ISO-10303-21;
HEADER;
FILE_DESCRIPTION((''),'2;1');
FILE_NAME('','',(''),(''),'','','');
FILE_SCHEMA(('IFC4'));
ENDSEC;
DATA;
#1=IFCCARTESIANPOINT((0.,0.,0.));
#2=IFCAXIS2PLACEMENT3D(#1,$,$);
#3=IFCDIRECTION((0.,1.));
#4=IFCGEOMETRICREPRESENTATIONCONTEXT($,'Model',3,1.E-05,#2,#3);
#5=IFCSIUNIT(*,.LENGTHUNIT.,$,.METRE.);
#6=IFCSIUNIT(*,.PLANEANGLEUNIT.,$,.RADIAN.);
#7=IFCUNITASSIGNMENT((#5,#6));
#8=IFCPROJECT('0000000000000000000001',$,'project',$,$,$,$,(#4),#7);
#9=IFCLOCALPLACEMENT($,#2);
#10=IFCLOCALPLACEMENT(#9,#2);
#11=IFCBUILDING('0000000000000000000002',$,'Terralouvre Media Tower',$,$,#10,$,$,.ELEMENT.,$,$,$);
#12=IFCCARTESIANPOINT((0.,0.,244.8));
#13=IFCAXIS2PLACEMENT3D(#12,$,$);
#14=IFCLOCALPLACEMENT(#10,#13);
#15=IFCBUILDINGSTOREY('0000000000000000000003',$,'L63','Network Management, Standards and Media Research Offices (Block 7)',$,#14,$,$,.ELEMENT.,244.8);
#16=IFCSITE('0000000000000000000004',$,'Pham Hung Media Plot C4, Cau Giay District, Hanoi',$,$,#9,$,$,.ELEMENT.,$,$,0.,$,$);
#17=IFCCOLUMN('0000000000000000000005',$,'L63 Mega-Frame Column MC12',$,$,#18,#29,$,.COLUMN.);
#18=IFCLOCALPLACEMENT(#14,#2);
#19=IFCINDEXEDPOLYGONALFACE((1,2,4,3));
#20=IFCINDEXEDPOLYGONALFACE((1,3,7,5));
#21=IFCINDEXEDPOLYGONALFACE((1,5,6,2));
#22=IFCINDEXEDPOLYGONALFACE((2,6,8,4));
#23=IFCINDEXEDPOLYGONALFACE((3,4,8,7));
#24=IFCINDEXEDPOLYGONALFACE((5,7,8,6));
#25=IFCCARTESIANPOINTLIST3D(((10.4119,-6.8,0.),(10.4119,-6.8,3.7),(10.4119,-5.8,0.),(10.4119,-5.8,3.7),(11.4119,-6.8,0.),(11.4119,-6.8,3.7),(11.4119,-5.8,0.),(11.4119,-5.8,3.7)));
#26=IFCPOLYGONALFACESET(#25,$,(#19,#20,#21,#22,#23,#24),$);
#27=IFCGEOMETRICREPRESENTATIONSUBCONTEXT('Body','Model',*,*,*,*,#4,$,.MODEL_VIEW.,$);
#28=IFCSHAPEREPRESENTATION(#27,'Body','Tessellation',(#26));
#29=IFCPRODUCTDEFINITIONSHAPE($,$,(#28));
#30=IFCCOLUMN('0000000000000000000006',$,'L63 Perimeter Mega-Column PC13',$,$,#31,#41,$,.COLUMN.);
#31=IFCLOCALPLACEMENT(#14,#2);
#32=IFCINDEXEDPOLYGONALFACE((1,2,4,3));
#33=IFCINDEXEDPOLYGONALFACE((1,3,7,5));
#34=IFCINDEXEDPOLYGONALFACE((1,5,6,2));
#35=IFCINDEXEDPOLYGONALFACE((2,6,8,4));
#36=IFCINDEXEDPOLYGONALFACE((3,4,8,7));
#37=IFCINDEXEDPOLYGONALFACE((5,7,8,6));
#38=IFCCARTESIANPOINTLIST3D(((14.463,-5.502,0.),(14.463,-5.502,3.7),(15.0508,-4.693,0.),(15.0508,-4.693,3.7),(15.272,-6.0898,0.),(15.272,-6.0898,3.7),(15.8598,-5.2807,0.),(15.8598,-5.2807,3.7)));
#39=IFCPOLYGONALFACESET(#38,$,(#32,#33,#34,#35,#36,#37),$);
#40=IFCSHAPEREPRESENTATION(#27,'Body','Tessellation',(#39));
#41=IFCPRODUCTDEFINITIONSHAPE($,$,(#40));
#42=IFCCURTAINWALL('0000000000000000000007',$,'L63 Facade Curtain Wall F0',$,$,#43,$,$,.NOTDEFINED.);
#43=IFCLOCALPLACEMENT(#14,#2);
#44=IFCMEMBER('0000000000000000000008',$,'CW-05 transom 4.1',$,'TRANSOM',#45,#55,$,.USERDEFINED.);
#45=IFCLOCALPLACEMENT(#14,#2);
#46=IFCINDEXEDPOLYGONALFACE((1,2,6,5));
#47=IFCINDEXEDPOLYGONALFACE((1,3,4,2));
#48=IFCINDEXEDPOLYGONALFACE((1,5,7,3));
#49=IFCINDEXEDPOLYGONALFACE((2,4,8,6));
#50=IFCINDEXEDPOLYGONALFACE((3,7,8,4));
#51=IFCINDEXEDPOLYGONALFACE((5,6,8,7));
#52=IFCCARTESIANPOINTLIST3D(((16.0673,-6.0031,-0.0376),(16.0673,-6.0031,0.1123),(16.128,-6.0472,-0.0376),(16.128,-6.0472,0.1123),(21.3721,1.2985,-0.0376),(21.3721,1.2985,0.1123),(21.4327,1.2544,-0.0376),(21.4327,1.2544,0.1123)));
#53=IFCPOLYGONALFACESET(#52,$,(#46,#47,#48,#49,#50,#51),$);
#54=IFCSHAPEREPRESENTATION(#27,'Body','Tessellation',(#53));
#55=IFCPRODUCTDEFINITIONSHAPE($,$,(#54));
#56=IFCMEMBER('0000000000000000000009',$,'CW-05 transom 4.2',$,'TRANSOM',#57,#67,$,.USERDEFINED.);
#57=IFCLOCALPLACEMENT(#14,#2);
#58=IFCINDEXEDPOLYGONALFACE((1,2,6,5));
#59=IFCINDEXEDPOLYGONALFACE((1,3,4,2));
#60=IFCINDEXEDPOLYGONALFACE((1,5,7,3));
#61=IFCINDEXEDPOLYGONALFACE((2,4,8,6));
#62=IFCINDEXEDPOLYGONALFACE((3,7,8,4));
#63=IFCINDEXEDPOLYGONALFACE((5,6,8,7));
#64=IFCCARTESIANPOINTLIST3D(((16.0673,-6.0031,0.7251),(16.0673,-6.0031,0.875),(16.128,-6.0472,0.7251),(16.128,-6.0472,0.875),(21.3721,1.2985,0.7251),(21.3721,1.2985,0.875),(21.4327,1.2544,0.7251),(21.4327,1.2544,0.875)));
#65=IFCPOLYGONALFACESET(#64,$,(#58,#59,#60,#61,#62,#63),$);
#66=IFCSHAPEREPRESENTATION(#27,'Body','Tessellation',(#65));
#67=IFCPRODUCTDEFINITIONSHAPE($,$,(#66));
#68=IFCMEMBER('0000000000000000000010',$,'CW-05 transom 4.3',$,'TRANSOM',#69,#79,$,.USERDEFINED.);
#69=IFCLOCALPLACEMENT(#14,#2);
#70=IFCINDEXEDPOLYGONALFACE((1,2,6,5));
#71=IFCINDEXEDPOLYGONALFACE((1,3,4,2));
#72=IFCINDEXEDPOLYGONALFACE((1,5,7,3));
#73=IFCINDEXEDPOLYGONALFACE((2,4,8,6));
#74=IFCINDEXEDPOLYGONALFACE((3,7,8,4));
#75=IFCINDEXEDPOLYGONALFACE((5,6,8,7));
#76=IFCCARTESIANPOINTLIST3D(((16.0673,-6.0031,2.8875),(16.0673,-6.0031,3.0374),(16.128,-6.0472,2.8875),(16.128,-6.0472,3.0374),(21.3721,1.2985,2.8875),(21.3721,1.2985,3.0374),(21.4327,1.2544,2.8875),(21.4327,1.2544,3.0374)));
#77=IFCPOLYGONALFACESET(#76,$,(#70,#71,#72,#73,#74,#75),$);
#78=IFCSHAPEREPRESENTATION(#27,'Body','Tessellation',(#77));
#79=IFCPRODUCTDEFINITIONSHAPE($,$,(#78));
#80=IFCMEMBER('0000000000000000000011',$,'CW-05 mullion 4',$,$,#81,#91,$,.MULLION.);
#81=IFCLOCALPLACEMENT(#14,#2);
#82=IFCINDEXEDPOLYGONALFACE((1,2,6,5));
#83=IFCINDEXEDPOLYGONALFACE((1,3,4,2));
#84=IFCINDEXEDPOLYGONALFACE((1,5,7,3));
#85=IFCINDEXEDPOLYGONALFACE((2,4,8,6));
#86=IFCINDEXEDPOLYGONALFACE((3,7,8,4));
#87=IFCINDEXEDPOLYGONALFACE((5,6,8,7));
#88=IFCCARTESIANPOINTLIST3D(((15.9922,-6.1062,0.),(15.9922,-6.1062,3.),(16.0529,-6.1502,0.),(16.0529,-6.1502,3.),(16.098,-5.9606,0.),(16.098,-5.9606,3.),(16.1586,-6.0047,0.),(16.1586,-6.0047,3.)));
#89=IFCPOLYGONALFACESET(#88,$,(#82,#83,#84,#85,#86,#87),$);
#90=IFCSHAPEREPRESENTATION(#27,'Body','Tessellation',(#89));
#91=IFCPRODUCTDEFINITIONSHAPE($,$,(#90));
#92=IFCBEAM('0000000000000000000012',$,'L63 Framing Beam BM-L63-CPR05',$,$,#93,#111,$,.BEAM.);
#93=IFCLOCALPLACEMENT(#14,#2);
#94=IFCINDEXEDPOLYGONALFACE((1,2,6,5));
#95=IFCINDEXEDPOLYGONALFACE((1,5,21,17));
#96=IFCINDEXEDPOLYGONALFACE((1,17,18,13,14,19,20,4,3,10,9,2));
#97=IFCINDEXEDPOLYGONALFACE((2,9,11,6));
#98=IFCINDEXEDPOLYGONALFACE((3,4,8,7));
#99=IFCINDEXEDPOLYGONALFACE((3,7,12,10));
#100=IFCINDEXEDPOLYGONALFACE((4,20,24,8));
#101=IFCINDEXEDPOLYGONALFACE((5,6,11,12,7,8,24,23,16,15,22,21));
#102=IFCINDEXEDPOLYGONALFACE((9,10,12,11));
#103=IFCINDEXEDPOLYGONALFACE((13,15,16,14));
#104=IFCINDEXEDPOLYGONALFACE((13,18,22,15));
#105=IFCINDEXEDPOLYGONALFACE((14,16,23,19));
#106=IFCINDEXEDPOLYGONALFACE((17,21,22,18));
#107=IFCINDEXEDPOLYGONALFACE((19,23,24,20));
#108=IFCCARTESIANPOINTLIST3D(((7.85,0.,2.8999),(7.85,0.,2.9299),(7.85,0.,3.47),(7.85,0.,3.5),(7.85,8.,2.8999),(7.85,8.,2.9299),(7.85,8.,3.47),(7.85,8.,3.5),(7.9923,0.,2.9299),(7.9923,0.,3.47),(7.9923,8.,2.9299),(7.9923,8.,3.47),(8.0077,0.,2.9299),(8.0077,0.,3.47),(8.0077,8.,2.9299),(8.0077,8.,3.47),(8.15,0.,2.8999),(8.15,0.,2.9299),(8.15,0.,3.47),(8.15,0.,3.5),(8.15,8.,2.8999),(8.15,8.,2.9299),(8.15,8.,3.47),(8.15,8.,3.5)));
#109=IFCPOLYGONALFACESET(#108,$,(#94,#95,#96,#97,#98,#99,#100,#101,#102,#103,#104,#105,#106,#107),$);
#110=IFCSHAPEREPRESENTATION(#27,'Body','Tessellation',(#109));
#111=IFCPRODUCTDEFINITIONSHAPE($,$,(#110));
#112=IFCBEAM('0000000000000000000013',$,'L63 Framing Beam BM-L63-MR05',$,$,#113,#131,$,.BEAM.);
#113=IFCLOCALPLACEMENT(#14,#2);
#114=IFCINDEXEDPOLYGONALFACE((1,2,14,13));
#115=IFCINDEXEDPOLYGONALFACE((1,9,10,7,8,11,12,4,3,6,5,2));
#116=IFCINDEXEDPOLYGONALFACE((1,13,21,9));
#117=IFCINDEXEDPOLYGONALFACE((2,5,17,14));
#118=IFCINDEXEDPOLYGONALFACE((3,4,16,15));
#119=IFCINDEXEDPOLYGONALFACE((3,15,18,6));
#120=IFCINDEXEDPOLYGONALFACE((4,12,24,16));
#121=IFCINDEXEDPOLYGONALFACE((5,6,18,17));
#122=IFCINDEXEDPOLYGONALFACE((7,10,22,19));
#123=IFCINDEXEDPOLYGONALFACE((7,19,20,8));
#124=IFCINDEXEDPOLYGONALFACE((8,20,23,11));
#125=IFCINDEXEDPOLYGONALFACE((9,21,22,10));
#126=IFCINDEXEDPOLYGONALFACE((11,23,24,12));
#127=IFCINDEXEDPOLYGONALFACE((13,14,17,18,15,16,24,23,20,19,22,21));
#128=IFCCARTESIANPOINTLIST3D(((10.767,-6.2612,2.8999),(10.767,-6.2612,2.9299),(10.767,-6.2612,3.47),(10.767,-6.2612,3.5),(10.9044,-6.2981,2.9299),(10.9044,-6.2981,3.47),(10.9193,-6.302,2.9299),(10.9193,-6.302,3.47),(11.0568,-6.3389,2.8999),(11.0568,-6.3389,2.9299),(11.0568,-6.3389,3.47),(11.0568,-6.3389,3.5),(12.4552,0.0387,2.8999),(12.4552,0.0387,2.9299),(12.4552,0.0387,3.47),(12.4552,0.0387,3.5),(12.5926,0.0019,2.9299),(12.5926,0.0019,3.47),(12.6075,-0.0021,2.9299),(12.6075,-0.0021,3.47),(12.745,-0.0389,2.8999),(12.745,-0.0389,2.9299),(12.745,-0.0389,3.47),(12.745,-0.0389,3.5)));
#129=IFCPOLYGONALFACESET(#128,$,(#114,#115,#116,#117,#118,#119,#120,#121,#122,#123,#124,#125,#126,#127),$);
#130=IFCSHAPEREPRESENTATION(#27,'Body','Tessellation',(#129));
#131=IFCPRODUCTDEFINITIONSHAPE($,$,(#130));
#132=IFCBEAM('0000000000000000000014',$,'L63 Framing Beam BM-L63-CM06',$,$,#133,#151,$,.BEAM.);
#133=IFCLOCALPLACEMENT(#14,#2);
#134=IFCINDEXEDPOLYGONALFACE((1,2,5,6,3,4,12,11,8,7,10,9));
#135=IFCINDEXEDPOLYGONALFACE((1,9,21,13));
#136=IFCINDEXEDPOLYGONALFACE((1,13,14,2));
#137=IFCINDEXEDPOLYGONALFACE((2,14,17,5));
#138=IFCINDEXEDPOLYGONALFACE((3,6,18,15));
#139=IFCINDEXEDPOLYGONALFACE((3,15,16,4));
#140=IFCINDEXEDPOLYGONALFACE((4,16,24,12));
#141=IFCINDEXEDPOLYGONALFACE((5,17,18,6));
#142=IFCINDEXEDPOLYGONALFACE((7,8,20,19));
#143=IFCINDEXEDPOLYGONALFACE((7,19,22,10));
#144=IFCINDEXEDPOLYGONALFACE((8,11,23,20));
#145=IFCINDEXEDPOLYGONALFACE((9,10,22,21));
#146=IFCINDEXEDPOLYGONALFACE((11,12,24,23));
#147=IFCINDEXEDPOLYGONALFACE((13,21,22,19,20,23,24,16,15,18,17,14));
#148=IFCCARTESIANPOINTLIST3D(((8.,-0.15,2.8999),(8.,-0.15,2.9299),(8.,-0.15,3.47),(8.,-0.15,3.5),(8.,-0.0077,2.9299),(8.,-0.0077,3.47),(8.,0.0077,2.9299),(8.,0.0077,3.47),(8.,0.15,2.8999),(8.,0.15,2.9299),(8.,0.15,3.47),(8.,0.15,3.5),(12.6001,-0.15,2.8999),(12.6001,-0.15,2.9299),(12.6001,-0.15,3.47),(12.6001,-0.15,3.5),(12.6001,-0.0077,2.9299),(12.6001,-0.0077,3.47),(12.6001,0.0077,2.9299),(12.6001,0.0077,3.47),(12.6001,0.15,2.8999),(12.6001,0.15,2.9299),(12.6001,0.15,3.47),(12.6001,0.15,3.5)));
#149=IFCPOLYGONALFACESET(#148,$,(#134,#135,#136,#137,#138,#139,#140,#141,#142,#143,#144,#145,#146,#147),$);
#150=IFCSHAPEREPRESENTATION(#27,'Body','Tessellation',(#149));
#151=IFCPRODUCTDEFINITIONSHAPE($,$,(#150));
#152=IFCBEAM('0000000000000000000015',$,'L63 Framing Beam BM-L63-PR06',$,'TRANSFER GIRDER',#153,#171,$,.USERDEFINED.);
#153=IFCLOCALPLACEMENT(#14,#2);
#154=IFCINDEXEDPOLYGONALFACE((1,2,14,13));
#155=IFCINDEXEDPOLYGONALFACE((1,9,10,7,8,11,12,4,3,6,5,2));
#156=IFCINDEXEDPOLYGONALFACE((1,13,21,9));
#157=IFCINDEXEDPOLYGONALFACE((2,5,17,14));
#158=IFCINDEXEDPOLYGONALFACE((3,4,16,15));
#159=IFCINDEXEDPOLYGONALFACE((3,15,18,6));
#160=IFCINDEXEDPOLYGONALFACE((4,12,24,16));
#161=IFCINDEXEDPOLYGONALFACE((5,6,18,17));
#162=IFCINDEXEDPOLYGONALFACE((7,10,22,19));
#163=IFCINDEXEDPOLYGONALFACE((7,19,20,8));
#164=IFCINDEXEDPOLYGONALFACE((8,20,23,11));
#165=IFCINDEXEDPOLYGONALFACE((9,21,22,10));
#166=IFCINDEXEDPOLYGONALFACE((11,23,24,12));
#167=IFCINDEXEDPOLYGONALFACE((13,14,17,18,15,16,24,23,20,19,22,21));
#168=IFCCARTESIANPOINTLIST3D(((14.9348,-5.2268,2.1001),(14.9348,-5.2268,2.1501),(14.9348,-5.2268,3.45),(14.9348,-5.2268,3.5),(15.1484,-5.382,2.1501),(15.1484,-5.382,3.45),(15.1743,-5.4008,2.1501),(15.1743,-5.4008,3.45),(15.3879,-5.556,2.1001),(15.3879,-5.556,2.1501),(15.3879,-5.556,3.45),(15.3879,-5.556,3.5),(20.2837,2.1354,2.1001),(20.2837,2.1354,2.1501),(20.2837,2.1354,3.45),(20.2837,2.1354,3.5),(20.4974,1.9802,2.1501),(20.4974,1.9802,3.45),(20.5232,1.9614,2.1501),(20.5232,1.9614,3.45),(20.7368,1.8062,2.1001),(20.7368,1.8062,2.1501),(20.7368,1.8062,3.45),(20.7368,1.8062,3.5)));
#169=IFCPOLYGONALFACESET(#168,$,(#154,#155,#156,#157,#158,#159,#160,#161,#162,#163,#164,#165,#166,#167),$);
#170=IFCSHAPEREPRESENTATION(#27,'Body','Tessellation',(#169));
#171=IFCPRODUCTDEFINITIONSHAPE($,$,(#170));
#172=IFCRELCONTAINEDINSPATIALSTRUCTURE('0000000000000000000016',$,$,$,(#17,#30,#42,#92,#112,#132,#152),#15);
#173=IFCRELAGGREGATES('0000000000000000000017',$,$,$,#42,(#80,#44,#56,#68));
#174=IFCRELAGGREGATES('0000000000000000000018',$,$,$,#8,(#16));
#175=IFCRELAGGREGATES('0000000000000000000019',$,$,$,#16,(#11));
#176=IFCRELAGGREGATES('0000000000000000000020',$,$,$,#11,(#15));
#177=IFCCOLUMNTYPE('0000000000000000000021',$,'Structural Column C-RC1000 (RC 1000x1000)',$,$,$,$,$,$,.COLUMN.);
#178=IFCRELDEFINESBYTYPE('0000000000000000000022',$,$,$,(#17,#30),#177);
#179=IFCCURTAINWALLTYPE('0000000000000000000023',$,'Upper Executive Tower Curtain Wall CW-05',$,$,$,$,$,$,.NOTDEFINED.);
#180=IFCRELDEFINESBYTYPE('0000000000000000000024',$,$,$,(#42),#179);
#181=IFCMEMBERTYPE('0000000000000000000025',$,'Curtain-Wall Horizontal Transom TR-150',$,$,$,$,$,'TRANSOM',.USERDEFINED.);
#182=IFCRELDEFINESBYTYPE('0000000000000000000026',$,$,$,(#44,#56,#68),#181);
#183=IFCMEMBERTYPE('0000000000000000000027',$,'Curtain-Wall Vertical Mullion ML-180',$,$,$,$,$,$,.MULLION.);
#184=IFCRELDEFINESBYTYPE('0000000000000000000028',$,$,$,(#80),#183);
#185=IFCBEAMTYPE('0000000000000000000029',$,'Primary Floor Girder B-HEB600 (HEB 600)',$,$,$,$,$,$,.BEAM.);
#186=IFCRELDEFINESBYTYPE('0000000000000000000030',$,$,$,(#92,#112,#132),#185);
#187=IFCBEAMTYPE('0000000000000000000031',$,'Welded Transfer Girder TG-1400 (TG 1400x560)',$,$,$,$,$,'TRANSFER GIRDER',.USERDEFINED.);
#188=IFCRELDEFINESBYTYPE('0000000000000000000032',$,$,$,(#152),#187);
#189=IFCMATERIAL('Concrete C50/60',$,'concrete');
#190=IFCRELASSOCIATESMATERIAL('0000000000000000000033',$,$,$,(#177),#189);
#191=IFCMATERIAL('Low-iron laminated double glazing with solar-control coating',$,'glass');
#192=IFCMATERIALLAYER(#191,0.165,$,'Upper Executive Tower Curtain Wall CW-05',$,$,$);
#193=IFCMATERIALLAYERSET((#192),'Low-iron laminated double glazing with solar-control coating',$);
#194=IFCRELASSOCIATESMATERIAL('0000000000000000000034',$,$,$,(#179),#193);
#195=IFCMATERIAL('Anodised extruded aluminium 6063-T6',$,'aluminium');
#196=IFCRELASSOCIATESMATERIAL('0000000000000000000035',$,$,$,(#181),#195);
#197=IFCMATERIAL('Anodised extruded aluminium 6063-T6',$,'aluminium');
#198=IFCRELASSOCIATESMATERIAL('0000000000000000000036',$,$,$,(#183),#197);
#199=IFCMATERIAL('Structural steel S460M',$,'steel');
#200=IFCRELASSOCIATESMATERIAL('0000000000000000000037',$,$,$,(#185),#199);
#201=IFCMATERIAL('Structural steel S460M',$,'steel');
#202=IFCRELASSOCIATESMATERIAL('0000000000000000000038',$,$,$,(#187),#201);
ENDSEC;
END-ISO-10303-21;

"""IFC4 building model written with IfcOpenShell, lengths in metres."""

from ifc_helpers import new_model, si_unit, direction, frame, origin, origin_2d, place, context, subcontext, project, spatial, rectangle, i_section, extrude, material, layer, layer_set, material_profile, profile_set, type_object, element, aggregate, save


model = new_model("IFC4")

# Units and contexts
model_context = context("Model", 3, precision=1e-05, world=origin(), true_north=direction((0.0, 1.0)))
body_context = subcontext(model_context, "Body", "Model", "MODEL_VIEW")
ifc_project = project(units=[si_unit("LENGTHUNIT", "METRE"), si_unit("PLANEANGLEUNIT", "RADIAN")], contexts=[model_context])

# Site, building, storey
site_placement = place(None, origin())
site = spatial("IfcSite", under=ifc_project, at=site_placement, Name="Pham Hung Media Plot C4, Cau Giay District, Hanoi", CompositionType="ELEMENT", RefElevation=0.0)
building_placement = place(site_placement, origin())
building = spatial("IfcBuilding", under=site, at=building_placement, Name="Terralouvre Media Tower", CompositionType="ELEMENT")
storey_placement = place(building_placement, frame((0.0, 0.0, 244.8)))
storey = spatial("IfcBuildingStorey", under=building, at=storey_placement, Name="L63", Description="Network Management, Standards and Media Research Offices (Block 7)", CompositionType="ELEMENT", Elevation=244.8)

# Columns
ifc_material_1 = material(Name="Concrete C50/60", Category="concrete")
ifc_material_profile_1 = material_profile(ifc_material_1, rectangle(XDim=1.0, YDim=1.0, at=origin_2d()), Name="RC 1000x1000")
ifc_profile_set_1 = profile_set([ifc_material_profile_1], Name="Concrete C50/60")
column_type = type_object("IfcColumnType", Name="Structural Column C-RC1000 (RC 1000x1000)", PredefinedType="COLUMN", material=ifc_profile_set_1)
for number, where, z_axis, x_axis, name in (
    (1, (10.9119, -6.3, 0.0), (0.0, 0.0, 1.0), (1.0, 0.0, 0.0), "L63 Mega-Frame Column MC12"),
    (2, (15.1614, -5.3914, 0.0), (0.0, 0.0, 1.0), (0.587785, 0.809017, 0.0), "L63 Perimeter Mega-Column PC13"),
):
    element("IfcColumn", number, at=place(storey_placement, frame(where, z_axis=z_axis, x_axis=x_axis)), inside=storey, type_object=column_type, Name=name, PredefinedType="COLUMN", context=body_context, shape_type="SweptSolid", body=[
        extrude(rectangle(XDim=1.0, YDim=1.0, at=origin_2d()), origin(), (0.0, 0.0, 1.0), 3.7),
    ])

# Curtain wall, members
ifc_material_2 = material(Name="Low-iron laminated double glazing with solar-control coating", Category="glass")
ifc_layer_1 = layer(ifc_material_2, 0.165, Name="Upper Executive Tower Curtain Wall CW-05")
ifc_layer_set_1 = layer_set([ifc_layer_1], Name="Low-iron laminated double glazing with solar-control coating")
curtain_wall_type = type_object("IfcCurtainWallType", Name="Upper Executive Tower Curtain Wall CW-05", PredefinedType="NOTDEFINED", material=ifc_layer_set_1)
curtain_wall_placement = place(storey_placement, origin())
curtain_wall = element("IfcCurtainWall", 3, at=curtain_wall_placement, inside=storey, type_object=curtain_wall_type, Name="L63 Facade Curtain Wall F0", PredefinedType="NOTDEFINED")
ifc_material_3 = material(Name="Anodised extruded aluminium 6063-T6", Category="aluminium")
ifc_material_profile_2 = material_profile(ifc_material_3, rectangle(XDim=0.075, YDim=0.1499, at=origin_2d()), Name="ALU 75x150")
ifc_profile_set_2 = profile_set([ifc_material_profile_2], Name="Anodised extruded aluminium 6063-T6")
member_type_1 = type_object("IfcMemberType", Name="Curtain-Wall Horizontal Transom TR-150", ElementType="TRANSOM", PredefinedType="USERDEFINED", material=ifc_profile_set_2)
member_1_placement = place(storey_placement, frame((16.0977, -6.0251, 0.0374), z_axis=(0.587773, 0.809026, 0.0), x_axis=(-0.809026, 0.587773, 0.0)))
member_1 = element("IfcMember", 4, at=member_1_placement, type_object=member_type_1, Name="CW-05 transom 4.1", ObjectType="TRANSOM", PredefinedType="USERDEFINED", context=body_context, shape_type="SweptSolid", body=[
    extrude(rectangle(XDim=0.075, YDim=0.1499, at=origin_2d()), origin(), (0.0, 0.0, 1.0), 9.0251),
])
member_2_placement = place(storey_placement, frame((16.0977, -6.0251, 0.8), z_axis=(0.587773, 0.809026, 0.0), x_axis=(-0.809026, 0.587773, 0.0)))
member_2 = element("IfcMember", 5, at=member_2_placement, type_object=member_type_1, Name="CW-05 transom 4.2", ObjectType="TRANSOM", PredefinedType="USERDEFINED", context=body_context, shape_type="SweptSolid", body=[
    extrude(rectangle(XDim=0.075, YDim=0.1499, at=origin_2d()), origin(), (0.0, 0.0, 1.0), 9.0251),
])
member_3_placement = place(storey_placement, frame((16.0977, -6.0251, 2.9624), z_axis=(0.587773, 0.809026, 0.0), x_axis=(-0.809026, 0.587773, 0.0)))
member_3 = element("IfcMember", 6, at=member_3_placement, type_object=member_type_1, Name="CW-05 transom 4.3", ObjectType="TRANSOM", PredefinedType="USERDEFINED", context=body_context, shape_type="SweptSolid", body=[
    extrude(rectangle(XDim=0.075, YDim=0.1499, at=origin_2d()), origin(), (0.0, 0.0, 1.0), 9.0251),
])
ifc_material_4 = material(Name="Anodised extruded aluminium 6063-T6", Category="aluminium")
ifc_material_profile_3 = material_profile(ifc_material_4, rectangle(XDim=0.075, YDim=0.1799, at=origin_2d()), Name="ALU 75x180")
ifc_profile_set_3 = profile_set([ifc_material_profile_3], Name="Anodised extruded aluminium 6063-T6")
member_type_2 = type_object("IfcMemberType", Name="Curtain-Wall Vertical Mullion ML-180", PredefinedType="MULLION", material=ifc_profile_set_3)
member_4_placement = place(storey_placement, frame((16.0754, -6.0554, 0.0), z_axis=(0.0, 0.0, 1.0), x_axis=(-0.809017, 0.587785, 0.0)))
member_4 = element("IfcMember", 7, at=member_4_placement, type_object=member_type_2, Name="CW-05 mullion 4", PredefinedType="MULLION", context=body_context, shape_type="SweptSolid", body=[
    extrude(rectangle(XDim=0.075, YDim=0.1799, at=origin_2d()), origin(), (0.0, 0.0, 1.0), 3.0),
])

# Beams
ifc_material_5 = material(Name="Structural steel S460M", Category="steel")
ifc_material_profile_4 = material_profile(ifc_material_5, i_section(OverallWidth=0.3, OverallDepth=0.6001, WebThickness=0.0154, FlangeThickness=0.03, at=origin_2d()), Name="HEB 600")
ifc_profile_set_4 = profile_set([ifc_material_profile_4], Name="Structural steel S460M")
beam_type_1 = type_object("IfcBeamType", Name="Primary Floor Girder B-HEB600 (HEB 600)", PredefinedType="BEAM", material=ifc_profile_set_4)
beam_1_placement = place(storey_placement, frame((8.0, 0.0, 3.2), z_axis=(0.0, 1.0, 0.0), x_axis=(-1.0, 0.0, 0.0)))
element("IfcBeam", 8, at=beam_1_placement, inside=storey, type_object=beam_type_1, Name="L63 Framing Beam BM-L63-CPR05", PredefinedType="BEAM", context=body_context, shape_type="SweptSolid", body=[
    extrude(i_section(OverallWidth=0.3, OverallDepth=0.6001, WebThickness=0.0154, FlangeThickness=0.03, at=origin_2d()), origin(), (0.0, 0.0, 1.0), 8.0),
])
beam_2_placement = place(storey_placement, frame((10.9119, -6.3, 3.2), z_axis=(0.258839, 0.96592, 0.0), x_axis=(-0.96592, 0.258839, 0.0)))
element("IfcBeam", 9, at=beam_2_placement, inside=storey, type_object=beam_type_1, Name="L63 Framing Beam BM-L63-MR05", PredefinedType="BEAM", context=body_context, shape_type="SweptSolid", body=[
    extrude(i_section(OverallWidth=0.3, OverallDepth=0.6001, WebThickness=0.0154, FlangeThickness=0.03, at=origin_2d()), origin(), (0.0, 0.0, 1.0), 6.5222),
])
beam_3_placement = place(storey_placement, frame((8.0, 0.0, 3.2), z_axis=(1.0, 0.0, 0.0), x_axis=(0.0, 1.0, 0.0)))
element("IfcBeam", 10, at=beam_3_placement, inside=storey, type_object=beam_type_1, Name="L63 Framing Beam BM-L63-CM06", PredefinedType="BEAM", context=body_context, shape_type="SweptSolid", body=[
    extrude(i_section(OverallWidth=0.3, OverallDepth=0.6001, WebThickness=0.0154, FlangeThickness=0.03, at=origin_2d()), origin(), (0.0, 0.0, 1.0), 4.6001),
])
ifc_material_6 = material(Name="Structural steel S460M", Category="steel")
ifc_material_profile_5 = material_profile(ifc_material_6, i_section(OverallWidth=0.5601, OverallDepth=1.3999, WebThickness=0.032, FlangeThickness=0.05, at=origin_2d()), Name="TG 1400x560")
ifc_profile_set_5 = profile_set([ifc_material_profile_5], Name="Structural steel S460M")
beam_type_2 = type_object("IfcBeamType", Name="Welded Transfer Girder TG-1400 (TG 1400x560)", ElementType="TRANSFER GIRDER", PredefinedType="USERDEFINED", material=ifc_profile_set_5)
beam_4_placement = place(storey_placement, frame((15.1614, -5.3914, 2.8), z_axis=(0.587787, 0.809016, 0.0), x_axis=(-0.809016, 0.587787, 0.0)))
element("IfcBeam", 11, at=beam_4_placement, inside=storey, type_object=beam_type_2, Name="L63 Framing Beam BM-L63-PR06", ObjectType="TRANSFER GIRDER", PredefinedType="USERDEFINED", context=body_context, shape_type="SweptSolid", body=[
    extrude(i_section(OverallWidth=0.5601, OverallDepth=1.3999, WebThickness=0.032, FlangeThickness=0.05, at=origin_2d()), origin(), (0.0, 0.0, 1.0), 9.1001),
])

aggregate(curtain_wall, [member_4, member_1, member_2, member_3])

save(model, "model.ifc")
